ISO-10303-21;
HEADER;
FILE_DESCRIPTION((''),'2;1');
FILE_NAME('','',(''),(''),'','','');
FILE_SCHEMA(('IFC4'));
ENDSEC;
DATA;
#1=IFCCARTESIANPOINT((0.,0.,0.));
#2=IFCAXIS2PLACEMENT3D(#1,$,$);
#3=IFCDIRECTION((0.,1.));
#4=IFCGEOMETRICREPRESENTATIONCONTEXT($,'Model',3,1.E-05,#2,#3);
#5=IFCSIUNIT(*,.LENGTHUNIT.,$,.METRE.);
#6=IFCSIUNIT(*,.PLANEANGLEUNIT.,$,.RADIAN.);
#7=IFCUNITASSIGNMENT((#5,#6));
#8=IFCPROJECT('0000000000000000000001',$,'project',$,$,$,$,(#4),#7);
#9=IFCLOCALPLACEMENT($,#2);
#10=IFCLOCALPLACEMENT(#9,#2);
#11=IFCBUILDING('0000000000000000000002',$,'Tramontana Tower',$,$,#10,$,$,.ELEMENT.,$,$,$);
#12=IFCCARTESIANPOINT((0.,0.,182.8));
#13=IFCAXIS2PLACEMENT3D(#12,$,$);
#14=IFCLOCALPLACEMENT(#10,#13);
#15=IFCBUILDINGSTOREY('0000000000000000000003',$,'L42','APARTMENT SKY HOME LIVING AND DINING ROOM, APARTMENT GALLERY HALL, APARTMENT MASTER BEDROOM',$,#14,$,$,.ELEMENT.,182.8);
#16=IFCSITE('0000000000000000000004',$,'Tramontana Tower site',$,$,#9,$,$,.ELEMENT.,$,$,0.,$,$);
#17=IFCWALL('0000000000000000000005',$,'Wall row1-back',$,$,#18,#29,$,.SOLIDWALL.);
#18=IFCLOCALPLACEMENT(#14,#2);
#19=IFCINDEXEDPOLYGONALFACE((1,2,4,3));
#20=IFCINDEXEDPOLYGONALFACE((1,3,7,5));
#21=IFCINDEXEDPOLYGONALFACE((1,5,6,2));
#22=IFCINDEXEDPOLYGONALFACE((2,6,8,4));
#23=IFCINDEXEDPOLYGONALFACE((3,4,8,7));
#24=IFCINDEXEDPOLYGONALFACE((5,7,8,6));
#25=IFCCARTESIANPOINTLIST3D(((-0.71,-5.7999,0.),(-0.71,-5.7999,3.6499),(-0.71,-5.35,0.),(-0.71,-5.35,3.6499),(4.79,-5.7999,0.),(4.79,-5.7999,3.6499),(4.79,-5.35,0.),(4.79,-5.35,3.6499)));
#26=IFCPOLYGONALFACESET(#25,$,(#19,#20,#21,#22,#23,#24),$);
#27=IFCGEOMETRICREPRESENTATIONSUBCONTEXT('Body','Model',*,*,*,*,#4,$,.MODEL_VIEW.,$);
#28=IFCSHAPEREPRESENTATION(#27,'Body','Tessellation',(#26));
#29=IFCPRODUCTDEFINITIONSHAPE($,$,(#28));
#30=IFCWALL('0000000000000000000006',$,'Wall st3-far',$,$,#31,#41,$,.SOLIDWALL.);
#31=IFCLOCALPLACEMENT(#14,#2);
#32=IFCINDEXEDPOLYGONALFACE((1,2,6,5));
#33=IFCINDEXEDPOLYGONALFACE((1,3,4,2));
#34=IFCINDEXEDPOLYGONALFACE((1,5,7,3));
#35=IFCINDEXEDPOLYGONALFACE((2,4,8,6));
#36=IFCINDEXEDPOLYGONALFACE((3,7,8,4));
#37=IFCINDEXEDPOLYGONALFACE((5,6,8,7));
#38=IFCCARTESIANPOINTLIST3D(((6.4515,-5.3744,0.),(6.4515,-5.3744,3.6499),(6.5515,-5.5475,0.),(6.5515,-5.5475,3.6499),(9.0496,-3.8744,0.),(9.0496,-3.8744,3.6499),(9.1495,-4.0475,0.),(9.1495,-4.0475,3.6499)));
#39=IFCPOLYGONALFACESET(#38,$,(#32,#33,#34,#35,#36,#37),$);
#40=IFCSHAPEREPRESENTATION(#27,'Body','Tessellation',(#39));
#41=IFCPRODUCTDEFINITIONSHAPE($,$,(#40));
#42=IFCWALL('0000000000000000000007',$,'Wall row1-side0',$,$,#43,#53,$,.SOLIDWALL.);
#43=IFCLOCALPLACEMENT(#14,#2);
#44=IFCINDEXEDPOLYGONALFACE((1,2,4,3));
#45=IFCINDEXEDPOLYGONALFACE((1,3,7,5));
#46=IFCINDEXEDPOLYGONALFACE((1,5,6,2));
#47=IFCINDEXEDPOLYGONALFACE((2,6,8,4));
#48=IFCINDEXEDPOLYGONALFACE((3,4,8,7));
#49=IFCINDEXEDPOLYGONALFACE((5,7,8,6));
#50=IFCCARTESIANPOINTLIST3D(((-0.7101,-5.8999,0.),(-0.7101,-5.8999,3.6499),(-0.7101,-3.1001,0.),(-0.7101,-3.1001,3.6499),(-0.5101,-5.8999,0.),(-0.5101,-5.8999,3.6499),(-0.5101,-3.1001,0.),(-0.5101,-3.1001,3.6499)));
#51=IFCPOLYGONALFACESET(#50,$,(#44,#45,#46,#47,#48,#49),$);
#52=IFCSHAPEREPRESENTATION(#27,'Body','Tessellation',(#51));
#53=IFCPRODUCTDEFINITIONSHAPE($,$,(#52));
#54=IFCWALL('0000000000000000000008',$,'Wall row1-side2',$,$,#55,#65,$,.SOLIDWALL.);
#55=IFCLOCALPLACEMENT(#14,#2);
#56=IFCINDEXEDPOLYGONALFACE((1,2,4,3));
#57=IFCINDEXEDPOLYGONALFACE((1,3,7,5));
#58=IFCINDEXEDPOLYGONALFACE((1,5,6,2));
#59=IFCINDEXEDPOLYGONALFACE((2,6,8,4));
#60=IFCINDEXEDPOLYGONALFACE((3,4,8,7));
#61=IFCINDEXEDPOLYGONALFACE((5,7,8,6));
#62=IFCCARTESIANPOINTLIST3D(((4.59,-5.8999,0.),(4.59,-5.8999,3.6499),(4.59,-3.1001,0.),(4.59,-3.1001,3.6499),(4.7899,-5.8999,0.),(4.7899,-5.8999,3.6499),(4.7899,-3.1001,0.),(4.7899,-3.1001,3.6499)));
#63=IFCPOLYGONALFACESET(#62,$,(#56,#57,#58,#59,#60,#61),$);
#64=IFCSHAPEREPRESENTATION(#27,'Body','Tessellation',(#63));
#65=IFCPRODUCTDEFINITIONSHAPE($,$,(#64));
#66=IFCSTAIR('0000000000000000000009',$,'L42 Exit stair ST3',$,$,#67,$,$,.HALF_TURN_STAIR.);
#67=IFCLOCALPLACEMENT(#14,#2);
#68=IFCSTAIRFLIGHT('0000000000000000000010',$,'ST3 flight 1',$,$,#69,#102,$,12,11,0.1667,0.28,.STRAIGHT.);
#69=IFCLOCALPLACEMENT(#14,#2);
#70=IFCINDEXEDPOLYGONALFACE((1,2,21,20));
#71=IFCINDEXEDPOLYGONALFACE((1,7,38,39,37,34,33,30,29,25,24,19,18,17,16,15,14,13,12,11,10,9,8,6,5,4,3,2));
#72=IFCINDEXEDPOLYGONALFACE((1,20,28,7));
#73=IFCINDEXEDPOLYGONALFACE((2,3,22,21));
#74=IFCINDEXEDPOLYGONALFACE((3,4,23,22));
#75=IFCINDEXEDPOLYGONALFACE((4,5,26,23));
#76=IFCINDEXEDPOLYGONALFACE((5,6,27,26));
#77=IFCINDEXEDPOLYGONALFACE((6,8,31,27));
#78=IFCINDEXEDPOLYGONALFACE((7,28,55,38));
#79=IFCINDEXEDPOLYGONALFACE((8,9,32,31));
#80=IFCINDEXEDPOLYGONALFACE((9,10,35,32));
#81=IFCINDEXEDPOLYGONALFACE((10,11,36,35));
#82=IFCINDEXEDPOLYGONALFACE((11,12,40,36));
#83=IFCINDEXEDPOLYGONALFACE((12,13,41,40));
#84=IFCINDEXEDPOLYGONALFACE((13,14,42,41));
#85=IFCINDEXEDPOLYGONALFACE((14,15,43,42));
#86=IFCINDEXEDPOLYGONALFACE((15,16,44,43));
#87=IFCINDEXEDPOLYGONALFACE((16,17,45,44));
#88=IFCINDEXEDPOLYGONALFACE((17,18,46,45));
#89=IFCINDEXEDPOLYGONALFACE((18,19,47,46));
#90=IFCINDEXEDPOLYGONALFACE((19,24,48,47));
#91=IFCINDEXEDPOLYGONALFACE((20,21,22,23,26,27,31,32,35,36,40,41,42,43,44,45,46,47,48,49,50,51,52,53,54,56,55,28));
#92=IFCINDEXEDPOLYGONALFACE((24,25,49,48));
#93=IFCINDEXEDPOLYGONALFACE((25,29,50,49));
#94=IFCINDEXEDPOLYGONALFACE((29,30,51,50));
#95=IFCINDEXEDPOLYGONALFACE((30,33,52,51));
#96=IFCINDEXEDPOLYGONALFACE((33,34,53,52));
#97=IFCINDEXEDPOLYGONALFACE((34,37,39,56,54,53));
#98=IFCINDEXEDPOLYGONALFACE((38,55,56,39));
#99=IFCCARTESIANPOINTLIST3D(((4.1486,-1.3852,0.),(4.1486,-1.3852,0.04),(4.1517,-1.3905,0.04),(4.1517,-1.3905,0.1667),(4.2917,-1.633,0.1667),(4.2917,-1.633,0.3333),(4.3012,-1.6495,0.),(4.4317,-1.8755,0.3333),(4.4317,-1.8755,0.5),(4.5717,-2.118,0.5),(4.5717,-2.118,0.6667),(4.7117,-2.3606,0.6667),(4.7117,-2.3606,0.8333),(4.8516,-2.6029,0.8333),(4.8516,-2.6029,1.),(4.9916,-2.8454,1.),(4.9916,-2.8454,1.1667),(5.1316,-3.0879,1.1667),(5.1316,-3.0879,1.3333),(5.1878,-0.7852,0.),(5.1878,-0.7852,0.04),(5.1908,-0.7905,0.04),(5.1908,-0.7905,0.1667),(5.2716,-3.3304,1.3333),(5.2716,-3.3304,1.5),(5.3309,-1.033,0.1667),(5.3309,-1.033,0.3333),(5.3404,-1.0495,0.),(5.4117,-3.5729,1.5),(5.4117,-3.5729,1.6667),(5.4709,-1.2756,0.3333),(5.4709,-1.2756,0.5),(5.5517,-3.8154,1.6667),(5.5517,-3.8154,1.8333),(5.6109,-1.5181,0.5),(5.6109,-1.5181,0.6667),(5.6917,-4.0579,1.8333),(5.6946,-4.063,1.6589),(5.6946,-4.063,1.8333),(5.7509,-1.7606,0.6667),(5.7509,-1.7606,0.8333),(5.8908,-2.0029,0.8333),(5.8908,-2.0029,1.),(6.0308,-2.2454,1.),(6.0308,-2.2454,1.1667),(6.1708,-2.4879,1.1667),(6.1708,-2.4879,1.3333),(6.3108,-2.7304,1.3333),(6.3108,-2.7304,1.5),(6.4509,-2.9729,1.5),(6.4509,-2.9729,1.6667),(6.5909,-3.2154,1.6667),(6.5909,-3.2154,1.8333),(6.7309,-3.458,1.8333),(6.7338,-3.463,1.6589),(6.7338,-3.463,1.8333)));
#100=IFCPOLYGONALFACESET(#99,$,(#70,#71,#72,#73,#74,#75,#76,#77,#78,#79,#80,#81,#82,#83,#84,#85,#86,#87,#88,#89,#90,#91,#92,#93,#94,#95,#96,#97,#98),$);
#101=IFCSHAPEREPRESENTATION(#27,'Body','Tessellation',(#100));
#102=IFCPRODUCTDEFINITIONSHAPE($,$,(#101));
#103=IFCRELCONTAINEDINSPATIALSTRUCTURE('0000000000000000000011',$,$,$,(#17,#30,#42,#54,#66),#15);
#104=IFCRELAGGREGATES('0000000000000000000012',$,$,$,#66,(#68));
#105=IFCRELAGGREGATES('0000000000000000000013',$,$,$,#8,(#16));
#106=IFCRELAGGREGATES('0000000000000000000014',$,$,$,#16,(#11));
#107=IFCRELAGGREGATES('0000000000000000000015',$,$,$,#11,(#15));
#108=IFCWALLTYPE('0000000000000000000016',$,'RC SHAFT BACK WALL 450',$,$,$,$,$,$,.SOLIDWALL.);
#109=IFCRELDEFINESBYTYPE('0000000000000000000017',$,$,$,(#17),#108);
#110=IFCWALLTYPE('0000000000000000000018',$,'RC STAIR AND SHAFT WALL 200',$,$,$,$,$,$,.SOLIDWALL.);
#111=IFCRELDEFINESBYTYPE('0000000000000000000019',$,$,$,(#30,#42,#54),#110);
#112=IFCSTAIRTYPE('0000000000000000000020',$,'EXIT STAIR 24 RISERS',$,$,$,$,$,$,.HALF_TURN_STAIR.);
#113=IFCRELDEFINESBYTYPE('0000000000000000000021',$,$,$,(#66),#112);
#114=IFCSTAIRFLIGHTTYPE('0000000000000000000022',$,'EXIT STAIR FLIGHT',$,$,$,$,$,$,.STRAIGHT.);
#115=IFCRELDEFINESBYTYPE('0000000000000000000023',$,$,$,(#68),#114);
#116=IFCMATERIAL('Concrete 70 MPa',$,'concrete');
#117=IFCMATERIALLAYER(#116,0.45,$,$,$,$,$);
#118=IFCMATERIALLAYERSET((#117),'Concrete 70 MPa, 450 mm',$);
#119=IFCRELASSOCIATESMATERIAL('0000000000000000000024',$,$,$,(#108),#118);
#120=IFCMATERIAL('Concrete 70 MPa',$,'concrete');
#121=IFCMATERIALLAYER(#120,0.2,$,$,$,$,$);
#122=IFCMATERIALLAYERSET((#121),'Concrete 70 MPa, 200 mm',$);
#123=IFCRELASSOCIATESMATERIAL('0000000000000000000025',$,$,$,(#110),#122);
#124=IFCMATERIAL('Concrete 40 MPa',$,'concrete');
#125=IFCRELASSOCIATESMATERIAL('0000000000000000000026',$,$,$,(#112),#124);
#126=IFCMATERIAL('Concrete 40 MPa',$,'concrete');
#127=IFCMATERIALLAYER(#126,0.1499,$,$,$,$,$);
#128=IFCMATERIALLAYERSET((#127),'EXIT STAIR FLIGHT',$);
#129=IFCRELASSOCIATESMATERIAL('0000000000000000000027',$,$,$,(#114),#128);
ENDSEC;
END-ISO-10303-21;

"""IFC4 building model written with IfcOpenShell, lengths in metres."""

from ifc_helpers import new_model, si_unit, direction, frame, frame_2d, origin, place, context, subcontext, project, spatial, polyline, rectangle, outline, extrude, material, layer, layer_set, type_object, element, aggregate, save


model = new_model("IFC4")

# Units and contexts
model_context = context("Model", 3, precision=1e-05, world=origin(), true_north=direction((0.0, 1.0)))
body_context = subcontext(model_context, "Body", "Model", "MODEL_VIEW")
ifc_project = project(units=[si_unit("LENGTHUNIT", "METRE"), si_unit("PLANEANGLEUNIT", "RADIAN")], contexts=[model_context])

# Site, building, storey
site_placement = place(None, origin())
site = spatial("IfcSite", under=ifc_project, at=site_placement, Name="Tramontana Tower site", CompositionType="ELEMENT", RefElevation=0.0)
building_placement = place(site_placement, origin())
building = spatial("IfcBuilding", under=site, at=building_placement, Name="Tramontana Tower", CompositionType="ELEMENT")
storey_placement = place(building_placement, frame((0.0, 0.0, 182.8)))
storey = spatial("IfcBuildingStorey", under=building, at=storey_placement, Name="L42", Description="APARTMENT SKY HOME LIVING AND DINING ROOM, APARTMENT GALLERY HALL, APARTMENT MASTER BEDROOM", CompositionType="ELEMENT", Elevation=182.8)

# Wall
ifc_material_1 = material(Name="Concrete 70 MPa", Category="concrete")
ifc_layer_1 = layer(ifc_material_1, 0.45)
ifc_layer_set_1 = layer_set([ifc_layer_1], Name="Concrete 70 MPa, 450 mm")
wall_type_1 = type_object("IfcWallType", Name="RC SHAFT BACK WALL 450", PredefinedType="SOLIDWALL", material=ifc_layer_set_1)
wall_1_placement = place(storey_placement, frame((-0.71, -5.575, 0.0), z_axis=(0.0, 0.0, 1.0), x_axis=(1.0, 0.0, 0.0)))
element("IfcWall", 1, at=wall_1_placement, inside=storey, type_object=wall_type_1, Name="Wall row1-back", PredefinedType="SOLIDWALL", context=body_context, shape_type="SweptSolid", body=[
    extrude(rectangle(XDim=5.5, YDim=0.45, at=frame_2d((2.75, 0.0))), origin(), (0.0, 0.0, 1.0), 3.6499),
])

# Shared definitions
ifc_material_2 = material(Name="Concrete 70 MPa", Category="concrete")
ifc_layer_2 = layer(ifc_material_2, 0.2)
ifc_layer_set_2 = layer_set([ifc_layer_2], Name="Concrete 70 MPa, 200 mm")
wall_type_2 = type_object("IfcWallType", Name="RC STAIR AND SHAFT WALL 200", PredefinedType="SOLIDWALL", material=ifc_layer_set_2)

# Wall
wall_2_placement = place(storey_placement, frame((6.5015, -5.4609, 0.0), z_axis=(0.0, 0.0, 1.0), x_axis=(0.866031, 0.49999, 0.0)))
element("IfcWall", 2, at=wall_2_placement, inside=storey, type_object=wall_type_2, Name="Wall st3-far", PredefinedType="SOLIDWALL", context=body_context, shape_type="SweptSolid", body=[
    extrude(rectangle(XDim=3.0, YDim=0.2, at=frame_2d((1.5, 0.0))), origin(), (0.0, 0.0, 1.0), 3.6499),
])

# Walls
for number, where, z_axis, x_axis, name in (
    (3, (-0.6101, -3.1001, 0.0), (0.0, 0.0, 1.0), (0.0, -1.0, 0.0), "Wall row1-side0"),
    (4, (4.6899, -3.1001, 0.0), (0.0, 0.0, 1.0), (0.0, -1.0, 0.0), "Wall row1-side2"),
):
    element("IfcWall", number, at=place(storey_placement, frame(where, z_axis=z_axis, x_axis=x_axis)), inside=storey, type_object=wall_type_2, Name=name, PredefinedType="SOLIDWALL", context=body_context, shape_type="SweptSolid", body=[
        extrude(rectangle(XDim=2.7998, YDim=0.2, at=frame_2d((1.3999, 0.0))), origin(), (0.0, 0.0, 1.0), 3.6499),
    ])

# Stair, stair flight
ifc_material_3 = material(Name="Concrete 40 MPa", Category="concrete")
stair_type = type_object("IfcStairType", Name="EXIT STAIR 24 RISERS", PredefinedType="HALF_TURN_STAIR", material=ifc_material_3)
stair_placement = place(storey_placement, origin())
stair = element("IfcStair", 5, at=stair_placement, inside=storey, type_object=stair_type, Name="L42 Exit stair ST3", PredefinedType="HALF_TURN_STAIR")
ifc_material_4 = material(Name="Concrete 40 MPa", Category="concrete")
ifc_layer_3 = layer(ifc_material_4, 0.1499)
ifc_layer_set_3 = layer_set([ifc_layer_3], Name="EXIT STAIR FLIGHT")
stair_flight_type = type_object("IfcStairFlightType", Name="EXIT STAIR FLIGHT", PredefinedType="STRAIGHT", material=ifc_layer_set_3)
stair_flight_placement = place(storey_placement, frame((4.6711, -1.0906, 0.0), z_axis=(0.0, 0.0, 1.0), x_axis=(0.5, -0.866025, 0.0)))
stair_flight = element("IfcStairFlight", 6, at=stair_flight_placement, type_object=stair_flight_type, Name="ST3 flight 1", NumberOfRisers=12, NumberOfTreads=11, PredefinedType="STRAIGHT", RiserHeight=0.1667, TreadLength=0.28, context=body_context, shape_type="SweptSolid", body=[
    extrude(outline(polyline([(-0.0061, 0.0), (-0.0061, 0.04), (0.0, 0.04), (0.0, 0.1667), (0.28, 0.1667), (0.28, 0.3333), (0.5601, 0.3333), (0.5601, 0.5), (0.8401, 0.5), (0.8401, 0.6667), (1.1201, 0.6667), (1.1201, 0.8333), (1.3999, 0.8333), (1.3999, 1.0), (1.6799, 1.0), (1.6799, 1.1667), (1.96, 1.1667), (1.96, 1.3333), (2.24, 1.3333), (2.24, 1.5), (2.52, 1.5), (2.52, 1.6667), (2.8, 1.6667), (2.8, 1.8333), (3.0801, 1.8333), (3.0859, 1.8333), (3.0859, 1.6589), (0.2991, 0.0), (-0.0061, 0.0)])), frame((0.0, 0.6001, 0.0), z_axis=(0.0, -1.0, 0.0), x_axis=(1.0, 0.0, 0.0)), (0.0, 0.0, 1.0), 1.2),
])
aggregate(stair, [stair_flight])

save(model, "model.ifc")
